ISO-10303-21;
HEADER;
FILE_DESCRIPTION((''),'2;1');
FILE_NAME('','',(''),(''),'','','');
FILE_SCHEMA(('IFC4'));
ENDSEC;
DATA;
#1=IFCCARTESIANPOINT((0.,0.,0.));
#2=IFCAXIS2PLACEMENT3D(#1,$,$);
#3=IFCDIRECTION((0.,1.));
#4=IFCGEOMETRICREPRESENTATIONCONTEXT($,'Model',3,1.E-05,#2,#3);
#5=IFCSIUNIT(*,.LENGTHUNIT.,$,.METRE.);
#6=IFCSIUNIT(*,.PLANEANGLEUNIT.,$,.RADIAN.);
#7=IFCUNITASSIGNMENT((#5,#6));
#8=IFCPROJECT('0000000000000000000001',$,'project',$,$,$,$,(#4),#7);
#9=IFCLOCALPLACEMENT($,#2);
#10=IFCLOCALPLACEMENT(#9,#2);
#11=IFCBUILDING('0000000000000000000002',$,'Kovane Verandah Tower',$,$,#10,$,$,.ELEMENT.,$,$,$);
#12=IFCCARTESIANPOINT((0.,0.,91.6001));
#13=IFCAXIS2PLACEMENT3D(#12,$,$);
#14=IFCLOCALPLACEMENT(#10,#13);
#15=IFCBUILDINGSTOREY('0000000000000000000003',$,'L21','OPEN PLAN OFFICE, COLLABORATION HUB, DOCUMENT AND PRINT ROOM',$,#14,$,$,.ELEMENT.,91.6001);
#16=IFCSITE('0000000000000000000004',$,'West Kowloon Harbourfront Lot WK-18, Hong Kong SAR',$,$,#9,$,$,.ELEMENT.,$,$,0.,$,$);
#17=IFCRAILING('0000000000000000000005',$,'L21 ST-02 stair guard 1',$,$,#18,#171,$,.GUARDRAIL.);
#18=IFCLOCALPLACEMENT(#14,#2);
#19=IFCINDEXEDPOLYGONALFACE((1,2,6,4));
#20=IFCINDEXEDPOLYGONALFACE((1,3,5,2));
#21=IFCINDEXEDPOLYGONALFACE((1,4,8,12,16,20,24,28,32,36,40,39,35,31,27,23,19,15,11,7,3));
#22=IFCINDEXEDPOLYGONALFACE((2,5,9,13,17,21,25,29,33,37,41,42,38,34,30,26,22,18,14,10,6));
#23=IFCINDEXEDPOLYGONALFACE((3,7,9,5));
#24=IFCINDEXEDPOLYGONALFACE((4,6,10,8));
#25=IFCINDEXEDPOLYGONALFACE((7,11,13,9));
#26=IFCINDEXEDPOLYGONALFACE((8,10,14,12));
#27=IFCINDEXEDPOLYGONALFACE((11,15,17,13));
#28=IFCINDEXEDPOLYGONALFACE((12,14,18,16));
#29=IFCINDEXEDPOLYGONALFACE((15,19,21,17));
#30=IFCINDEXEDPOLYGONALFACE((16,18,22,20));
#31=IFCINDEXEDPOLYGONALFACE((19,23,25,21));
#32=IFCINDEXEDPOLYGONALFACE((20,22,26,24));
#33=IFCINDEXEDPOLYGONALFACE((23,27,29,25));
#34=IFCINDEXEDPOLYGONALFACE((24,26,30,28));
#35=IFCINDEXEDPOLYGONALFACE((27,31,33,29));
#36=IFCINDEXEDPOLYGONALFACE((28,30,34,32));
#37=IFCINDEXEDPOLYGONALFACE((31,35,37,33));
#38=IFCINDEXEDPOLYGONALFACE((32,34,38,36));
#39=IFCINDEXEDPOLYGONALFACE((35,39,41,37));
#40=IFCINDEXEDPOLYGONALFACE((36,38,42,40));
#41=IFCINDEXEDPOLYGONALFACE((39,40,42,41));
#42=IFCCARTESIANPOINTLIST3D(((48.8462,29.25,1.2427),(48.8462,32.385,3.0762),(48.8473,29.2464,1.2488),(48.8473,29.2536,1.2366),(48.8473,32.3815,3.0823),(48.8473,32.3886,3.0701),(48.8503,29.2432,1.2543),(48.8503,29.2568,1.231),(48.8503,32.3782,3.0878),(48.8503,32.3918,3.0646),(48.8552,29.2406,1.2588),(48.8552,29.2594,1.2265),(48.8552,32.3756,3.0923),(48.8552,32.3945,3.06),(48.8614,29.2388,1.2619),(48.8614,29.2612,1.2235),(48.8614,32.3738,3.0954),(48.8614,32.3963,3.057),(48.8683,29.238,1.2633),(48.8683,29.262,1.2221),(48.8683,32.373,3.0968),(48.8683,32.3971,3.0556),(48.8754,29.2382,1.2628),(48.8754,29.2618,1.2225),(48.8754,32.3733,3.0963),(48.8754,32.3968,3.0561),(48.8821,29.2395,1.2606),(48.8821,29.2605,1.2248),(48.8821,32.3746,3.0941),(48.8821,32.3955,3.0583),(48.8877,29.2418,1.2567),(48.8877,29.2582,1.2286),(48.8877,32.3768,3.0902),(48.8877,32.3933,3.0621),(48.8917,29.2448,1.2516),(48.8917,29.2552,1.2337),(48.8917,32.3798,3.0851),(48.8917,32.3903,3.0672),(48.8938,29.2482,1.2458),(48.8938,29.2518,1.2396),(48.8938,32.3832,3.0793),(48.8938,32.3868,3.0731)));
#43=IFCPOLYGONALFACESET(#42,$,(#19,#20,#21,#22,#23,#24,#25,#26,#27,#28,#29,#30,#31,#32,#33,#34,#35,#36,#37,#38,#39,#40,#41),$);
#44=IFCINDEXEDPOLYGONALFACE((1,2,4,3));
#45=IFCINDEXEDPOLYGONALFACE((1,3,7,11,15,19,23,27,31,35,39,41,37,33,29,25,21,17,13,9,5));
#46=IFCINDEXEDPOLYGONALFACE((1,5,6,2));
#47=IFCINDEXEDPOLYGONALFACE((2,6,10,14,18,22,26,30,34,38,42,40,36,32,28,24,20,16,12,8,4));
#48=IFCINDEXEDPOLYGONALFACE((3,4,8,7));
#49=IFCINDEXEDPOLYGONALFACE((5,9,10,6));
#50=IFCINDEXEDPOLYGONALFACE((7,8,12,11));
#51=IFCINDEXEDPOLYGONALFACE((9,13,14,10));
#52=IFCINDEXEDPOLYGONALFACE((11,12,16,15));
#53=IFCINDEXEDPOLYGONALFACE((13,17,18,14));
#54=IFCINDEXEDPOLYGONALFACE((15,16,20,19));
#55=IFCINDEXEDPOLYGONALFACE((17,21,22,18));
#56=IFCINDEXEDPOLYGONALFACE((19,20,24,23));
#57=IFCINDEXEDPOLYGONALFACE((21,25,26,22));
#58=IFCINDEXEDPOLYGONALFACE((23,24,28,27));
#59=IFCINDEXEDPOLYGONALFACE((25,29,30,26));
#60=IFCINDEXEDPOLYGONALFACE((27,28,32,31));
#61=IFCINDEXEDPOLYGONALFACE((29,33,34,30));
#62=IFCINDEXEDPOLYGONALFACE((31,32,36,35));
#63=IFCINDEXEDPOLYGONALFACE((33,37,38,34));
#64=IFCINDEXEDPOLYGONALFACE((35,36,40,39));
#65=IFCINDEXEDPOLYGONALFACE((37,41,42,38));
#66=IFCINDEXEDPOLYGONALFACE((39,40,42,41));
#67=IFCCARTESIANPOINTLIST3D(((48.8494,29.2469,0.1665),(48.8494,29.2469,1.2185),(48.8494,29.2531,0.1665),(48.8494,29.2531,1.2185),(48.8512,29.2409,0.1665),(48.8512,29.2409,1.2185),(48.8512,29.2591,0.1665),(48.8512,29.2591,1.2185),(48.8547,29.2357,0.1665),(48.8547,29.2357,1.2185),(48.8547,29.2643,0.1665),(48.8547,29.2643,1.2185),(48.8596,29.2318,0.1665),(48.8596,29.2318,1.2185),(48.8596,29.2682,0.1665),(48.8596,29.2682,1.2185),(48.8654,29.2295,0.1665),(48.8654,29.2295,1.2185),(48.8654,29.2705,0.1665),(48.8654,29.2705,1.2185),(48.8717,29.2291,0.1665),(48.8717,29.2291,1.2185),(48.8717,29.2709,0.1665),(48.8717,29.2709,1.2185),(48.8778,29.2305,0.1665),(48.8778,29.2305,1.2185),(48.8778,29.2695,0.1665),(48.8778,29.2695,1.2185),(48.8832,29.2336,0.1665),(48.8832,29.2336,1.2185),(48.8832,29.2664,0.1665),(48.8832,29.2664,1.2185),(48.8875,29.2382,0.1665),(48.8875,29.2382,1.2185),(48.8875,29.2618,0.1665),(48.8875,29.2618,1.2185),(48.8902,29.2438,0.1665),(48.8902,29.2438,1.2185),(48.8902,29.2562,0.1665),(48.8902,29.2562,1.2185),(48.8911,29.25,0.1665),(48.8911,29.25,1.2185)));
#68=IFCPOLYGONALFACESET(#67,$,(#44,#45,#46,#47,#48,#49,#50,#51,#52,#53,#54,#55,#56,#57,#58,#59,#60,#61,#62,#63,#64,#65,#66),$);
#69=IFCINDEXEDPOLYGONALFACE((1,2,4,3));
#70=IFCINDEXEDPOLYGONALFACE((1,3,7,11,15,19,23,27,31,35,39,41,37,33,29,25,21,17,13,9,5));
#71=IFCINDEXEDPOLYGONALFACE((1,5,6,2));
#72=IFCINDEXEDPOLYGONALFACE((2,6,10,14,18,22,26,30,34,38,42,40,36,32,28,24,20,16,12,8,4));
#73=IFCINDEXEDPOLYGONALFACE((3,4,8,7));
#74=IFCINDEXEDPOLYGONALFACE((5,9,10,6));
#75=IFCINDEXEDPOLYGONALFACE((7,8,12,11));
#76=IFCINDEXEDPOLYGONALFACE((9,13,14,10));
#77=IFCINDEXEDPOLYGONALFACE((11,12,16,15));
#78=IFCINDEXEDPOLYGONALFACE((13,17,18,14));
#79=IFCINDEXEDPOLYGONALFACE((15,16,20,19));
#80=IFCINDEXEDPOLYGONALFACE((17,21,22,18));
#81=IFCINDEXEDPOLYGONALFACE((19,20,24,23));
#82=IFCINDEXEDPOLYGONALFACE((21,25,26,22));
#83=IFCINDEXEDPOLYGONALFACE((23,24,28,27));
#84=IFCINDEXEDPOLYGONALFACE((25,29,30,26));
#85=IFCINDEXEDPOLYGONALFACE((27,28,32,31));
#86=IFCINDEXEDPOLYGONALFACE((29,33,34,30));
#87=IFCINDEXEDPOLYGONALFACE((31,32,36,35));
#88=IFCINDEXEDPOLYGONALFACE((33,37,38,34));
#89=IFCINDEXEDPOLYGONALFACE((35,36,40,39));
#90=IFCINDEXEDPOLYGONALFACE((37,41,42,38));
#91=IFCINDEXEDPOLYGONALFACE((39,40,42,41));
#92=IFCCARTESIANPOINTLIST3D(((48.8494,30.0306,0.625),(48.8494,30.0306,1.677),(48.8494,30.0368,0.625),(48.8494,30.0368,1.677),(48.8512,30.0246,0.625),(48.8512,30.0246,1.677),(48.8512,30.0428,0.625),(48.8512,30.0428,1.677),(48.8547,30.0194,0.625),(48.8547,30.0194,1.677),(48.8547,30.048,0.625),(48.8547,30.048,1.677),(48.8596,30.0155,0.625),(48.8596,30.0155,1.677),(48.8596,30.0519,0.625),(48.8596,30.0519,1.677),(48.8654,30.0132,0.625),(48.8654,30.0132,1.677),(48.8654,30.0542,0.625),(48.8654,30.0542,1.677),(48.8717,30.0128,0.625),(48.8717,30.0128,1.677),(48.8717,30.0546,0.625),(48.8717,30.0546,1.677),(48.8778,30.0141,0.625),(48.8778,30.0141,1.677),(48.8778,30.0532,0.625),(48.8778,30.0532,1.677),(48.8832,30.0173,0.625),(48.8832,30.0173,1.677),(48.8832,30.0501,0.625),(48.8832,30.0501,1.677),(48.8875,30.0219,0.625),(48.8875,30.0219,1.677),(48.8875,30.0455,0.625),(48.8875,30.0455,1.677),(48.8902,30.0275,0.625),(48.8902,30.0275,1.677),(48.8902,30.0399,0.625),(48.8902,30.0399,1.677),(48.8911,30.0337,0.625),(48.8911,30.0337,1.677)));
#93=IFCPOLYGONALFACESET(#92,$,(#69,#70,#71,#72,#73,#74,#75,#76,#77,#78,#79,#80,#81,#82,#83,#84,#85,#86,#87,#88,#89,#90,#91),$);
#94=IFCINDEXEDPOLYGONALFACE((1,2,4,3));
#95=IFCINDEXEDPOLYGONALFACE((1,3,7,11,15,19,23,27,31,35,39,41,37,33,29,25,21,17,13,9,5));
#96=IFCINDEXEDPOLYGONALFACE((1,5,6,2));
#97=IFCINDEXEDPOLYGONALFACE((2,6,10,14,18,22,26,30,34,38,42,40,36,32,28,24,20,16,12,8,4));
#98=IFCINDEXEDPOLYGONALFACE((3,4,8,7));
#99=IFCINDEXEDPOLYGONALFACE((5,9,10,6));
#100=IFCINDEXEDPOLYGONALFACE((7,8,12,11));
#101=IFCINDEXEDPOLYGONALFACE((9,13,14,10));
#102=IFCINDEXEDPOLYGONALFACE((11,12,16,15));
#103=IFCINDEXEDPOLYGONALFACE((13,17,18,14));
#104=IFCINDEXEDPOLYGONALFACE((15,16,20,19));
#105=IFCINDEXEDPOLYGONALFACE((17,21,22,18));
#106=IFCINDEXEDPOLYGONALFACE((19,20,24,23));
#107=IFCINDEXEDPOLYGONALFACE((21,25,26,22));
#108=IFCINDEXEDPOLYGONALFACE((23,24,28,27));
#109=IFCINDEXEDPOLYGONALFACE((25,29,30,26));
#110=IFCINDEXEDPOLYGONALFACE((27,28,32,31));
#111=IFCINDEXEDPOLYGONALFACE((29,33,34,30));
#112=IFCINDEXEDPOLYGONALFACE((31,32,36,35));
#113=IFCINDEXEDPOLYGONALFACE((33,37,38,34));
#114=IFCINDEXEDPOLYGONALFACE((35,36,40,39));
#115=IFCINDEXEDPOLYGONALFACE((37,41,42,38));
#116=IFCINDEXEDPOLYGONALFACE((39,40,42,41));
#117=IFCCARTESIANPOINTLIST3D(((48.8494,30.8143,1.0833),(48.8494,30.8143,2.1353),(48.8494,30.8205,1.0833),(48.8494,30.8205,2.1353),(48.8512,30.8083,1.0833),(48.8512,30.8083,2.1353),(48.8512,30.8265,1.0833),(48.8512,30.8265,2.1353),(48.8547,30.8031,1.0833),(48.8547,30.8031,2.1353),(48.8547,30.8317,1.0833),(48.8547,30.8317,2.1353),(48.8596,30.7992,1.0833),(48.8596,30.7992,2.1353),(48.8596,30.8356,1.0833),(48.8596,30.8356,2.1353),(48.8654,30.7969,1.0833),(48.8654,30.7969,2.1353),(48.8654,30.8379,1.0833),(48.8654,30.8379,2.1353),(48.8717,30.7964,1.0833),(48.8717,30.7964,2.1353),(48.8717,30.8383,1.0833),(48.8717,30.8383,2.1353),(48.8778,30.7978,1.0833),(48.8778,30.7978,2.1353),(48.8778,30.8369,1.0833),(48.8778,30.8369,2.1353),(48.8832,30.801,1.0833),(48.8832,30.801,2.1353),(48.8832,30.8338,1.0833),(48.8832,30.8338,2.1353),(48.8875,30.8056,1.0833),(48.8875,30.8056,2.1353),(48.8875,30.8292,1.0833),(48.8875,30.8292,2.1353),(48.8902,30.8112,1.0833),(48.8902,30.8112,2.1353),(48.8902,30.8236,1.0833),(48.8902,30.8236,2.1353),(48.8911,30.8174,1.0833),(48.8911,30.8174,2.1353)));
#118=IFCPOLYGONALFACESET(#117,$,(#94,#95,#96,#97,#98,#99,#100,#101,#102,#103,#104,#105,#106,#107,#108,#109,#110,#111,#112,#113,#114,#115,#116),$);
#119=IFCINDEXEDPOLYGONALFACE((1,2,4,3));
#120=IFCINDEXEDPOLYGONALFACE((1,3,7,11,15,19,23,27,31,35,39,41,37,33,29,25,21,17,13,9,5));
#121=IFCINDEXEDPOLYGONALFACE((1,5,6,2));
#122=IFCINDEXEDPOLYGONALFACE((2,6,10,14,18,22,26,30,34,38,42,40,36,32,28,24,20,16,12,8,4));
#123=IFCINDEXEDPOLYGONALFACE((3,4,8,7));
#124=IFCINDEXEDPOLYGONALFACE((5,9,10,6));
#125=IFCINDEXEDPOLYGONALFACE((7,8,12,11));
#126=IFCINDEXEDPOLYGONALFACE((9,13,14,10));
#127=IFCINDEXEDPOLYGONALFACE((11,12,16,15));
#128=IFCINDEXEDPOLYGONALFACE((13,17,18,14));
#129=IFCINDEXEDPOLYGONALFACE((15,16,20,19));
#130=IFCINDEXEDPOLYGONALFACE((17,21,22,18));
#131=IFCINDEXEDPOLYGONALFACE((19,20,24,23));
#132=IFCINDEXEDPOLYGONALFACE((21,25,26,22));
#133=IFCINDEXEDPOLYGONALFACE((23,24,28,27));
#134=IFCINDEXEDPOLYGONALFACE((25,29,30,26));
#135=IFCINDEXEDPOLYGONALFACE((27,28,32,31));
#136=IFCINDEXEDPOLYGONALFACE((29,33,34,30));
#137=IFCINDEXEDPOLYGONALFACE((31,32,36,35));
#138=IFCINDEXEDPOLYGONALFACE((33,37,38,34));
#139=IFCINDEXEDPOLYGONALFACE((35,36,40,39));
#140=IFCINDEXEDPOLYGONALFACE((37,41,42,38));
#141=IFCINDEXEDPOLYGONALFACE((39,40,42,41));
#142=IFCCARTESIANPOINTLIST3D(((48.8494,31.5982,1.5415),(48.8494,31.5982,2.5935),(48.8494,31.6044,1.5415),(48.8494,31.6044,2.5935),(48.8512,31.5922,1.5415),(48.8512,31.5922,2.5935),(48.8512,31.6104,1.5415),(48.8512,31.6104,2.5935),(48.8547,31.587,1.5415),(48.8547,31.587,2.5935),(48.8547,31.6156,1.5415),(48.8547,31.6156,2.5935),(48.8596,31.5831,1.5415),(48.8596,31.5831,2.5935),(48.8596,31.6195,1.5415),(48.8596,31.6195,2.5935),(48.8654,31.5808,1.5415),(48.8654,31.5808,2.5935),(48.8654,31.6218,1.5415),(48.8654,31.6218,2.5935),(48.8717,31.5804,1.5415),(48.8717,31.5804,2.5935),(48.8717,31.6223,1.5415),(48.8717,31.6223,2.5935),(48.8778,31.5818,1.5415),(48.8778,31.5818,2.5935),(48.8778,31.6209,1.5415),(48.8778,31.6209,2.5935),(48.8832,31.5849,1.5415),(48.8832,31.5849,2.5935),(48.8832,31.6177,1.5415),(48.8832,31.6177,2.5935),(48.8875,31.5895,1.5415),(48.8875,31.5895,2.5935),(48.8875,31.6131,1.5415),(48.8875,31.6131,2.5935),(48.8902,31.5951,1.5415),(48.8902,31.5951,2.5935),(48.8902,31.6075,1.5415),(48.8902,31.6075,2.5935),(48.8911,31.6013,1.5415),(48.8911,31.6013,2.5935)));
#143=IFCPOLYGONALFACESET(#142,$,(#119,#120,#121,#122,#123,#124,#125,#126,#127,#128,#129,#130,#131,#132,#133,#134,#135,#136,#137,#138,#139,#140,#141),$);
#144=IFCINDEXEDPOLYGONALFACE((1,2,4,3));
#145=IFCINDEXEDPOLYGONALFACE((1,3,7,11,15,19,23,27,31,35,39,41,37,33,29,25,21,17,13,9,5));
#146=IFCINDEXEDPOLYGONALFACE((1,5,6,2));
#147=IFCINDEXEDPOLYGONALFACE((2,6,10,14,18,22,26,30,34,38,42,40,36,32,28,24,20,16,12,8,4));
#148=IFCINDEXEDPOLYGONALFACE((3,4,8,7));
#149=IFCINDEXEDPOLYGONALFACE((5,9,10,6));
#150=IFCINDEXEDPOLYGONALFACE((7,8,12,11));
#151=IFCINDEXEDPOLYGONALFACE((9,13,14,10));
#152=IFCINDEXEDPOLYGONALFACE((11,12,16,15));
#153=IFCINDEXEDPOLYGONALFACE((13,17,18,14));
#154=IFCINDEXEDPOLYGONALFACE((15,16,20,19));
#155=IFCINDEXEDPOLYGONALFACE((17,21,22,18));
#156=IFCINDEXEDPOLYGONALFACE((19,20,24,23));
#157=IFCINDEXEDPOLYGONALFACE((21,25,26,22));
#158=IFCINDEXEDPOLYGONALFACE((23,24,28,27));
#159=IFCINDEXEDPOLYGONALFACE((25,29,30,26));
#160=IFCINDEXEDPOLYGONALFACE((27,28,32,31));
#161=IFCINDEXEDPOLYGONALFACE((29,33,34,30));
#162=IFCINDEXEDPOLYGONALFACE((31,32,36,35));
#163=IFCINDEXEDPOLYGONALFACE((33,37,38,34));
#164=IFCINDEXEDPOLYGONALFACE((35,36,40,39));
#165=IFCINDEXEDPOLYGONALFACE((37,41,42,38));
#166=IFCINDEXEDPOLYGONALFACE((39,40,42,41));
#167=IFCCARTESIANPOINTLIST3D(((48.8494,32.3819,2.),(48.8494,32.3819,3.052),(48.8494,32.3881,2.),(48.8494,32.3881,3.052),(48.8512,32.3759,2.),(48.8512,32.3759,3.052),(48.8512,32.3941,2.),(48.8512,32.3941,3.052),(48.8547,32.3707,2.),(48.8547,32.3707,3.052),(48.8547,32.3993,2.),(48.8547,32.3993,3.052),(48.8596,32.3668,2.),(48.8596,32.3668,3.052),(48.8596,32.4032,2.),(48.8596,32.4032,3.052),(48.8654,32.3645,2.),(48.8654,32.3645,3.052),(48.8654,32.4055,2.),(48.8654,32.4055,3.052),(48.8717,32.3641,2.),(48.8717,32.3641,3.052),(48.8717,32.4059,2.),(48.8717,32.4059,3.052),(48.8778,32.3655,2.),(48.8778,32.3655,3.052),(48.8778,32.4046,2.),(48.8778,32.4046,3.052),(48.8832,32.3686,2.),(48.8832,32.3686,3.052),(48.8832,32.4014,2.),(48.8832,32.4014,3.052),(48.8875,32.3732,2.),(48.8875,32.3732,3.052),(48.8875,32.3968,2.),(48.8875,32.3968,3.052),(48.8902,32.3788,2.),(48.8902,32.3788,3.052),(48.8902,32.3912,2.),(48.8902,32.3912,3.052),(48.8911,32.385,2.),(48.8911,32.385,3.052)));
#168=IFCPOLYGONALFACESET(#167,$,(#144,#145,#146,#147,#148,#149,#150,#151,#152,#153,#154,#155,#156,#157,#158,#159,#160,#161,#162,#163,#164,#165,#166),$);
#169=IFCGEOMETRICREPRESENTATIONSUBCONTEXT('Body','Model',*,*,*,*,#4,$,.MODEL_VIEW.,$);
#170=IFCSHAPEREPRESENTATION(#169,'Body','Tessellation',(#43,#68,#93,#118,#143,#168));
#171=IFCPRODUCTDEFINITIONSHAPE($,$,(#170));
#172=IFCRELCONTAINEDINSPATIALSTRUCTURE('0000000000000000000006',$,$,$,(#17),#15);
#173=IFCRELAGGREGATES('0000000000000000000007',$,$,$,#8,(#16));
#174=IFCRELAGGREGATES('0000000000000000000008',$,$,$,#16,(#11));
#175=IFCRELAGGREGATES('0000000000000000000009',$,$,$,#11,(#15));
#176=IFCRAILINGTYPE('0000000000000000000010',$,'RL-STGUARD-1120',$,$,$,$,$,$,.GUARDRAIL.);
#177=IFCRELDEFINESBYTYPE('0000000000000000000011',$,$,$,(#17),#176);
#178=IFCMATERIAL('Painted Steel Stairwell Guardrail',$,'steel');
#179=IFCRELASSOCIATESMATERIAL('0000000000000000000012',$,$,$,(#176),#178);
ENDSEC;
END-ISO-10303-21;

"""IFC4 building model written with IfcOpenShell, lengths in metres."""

from ifc_helpers import new_model, si_unit, direction, frame, origin, origin_2d, place, context, subcontext, project, spatial, circle, extrude, material, type_object, element, save


model = new_model("IFC4")

# Units and contexts
model_context = context("Model", 3, precision=1e-05, world=origin(), true_north=direction((0.0, 1.0)))
body_context = subcontext(model_context, "Body", "Model", "MODEL_VIEW")
ifc_project = project(units=[si_unit("LENGTHUNIT", "METRE"), si_unit("PLANEANGLEUNIT", "RADIAN")], contexts=[model_context])

# Site, building, storey
site_placement = place(None, origin())
site = spatial("IfcSite", under=ifc_project, at=site_placement, Name="West Kowloon Harbourfront Lot WK-18, Hong Kong SAR", CompositionType="ELEMENT", RefElevation=0.0)
building_placement = place(site_placement, origin())
building = spatial("IfcBuilding", under=site, at=building_placement, Name="Kovane Verandah Tower", CompositionType="ELEMENT")
storey_placement = place(building_placement, frame((0.0, 0.0, 91.6001)))
storey = spatial("IfcBuildingStorey", under=building, at=storey_placement, Name="L21", Description="OPEN PLAN OFFICE, COLLABORATION HUB, DOCUMENT AND PRINT ROOM", CompositionType="ELEMENT", Elevation=91.6001)

# Railing
ifc_material_1 = material(Name="Painted Steel Stairwell Guardrail", Category="steel")
railing_type_1 = type_object("IfcRailingType", Name="RL-STGUARD-1120", PredefinedType="GUARDRAIL", material=ifc_material_1)
railing_1_placement = place(storey_placement, frame((48.8701, 29.25, 0.1665)))
element("IfcRailing", 1, at=railing_1_placement, inside=storey, type_object=railing_type_1, Name="L21 ST-02 stair guard 1", PredefinedType="GUARDRAIL", context=body_context, shape_type="SweptSolid", body=[
    extrude(circle(Radius=0.0239, at=origin_2d()), frame((0.0, 0.0, 1.0762), z_axis=(0.0, 0.86321, 0.504845), x_axis=(-1.0, 0.0, 0.0)), (0.0, 0.0, 1.0), 3.6318),
    extrude(circle(Radius=0.021, at=origin_2d()), origin(), (0.0, 0.0, 1.0), 1.052),
    extrude(circle(Radius=0.021, at=origin_2d()), frame((0.0, 0.7837, 0.4585)), (0.0, 0.0, 1.0), 1.052),
    extrude(circle(Radius=0.021, at=origin_2d()), frame((0.0, 1.5674, 0.9167)), (0.0, 0.0, 1.0), 1.052),
    extrude(circle(Radius=0.021, at=origin_2d()), frame((0.0, 2.3513, 1.375)), (0.0, 0.0, 1.0), 1.052),
    extrude(circle(Radius=0.021, at=origin_2d()), frame((0.0, 3.135, 1.8335)), (0.0, 0.0, 1.0), 1.052),
])

save(model, "model.ifc")
